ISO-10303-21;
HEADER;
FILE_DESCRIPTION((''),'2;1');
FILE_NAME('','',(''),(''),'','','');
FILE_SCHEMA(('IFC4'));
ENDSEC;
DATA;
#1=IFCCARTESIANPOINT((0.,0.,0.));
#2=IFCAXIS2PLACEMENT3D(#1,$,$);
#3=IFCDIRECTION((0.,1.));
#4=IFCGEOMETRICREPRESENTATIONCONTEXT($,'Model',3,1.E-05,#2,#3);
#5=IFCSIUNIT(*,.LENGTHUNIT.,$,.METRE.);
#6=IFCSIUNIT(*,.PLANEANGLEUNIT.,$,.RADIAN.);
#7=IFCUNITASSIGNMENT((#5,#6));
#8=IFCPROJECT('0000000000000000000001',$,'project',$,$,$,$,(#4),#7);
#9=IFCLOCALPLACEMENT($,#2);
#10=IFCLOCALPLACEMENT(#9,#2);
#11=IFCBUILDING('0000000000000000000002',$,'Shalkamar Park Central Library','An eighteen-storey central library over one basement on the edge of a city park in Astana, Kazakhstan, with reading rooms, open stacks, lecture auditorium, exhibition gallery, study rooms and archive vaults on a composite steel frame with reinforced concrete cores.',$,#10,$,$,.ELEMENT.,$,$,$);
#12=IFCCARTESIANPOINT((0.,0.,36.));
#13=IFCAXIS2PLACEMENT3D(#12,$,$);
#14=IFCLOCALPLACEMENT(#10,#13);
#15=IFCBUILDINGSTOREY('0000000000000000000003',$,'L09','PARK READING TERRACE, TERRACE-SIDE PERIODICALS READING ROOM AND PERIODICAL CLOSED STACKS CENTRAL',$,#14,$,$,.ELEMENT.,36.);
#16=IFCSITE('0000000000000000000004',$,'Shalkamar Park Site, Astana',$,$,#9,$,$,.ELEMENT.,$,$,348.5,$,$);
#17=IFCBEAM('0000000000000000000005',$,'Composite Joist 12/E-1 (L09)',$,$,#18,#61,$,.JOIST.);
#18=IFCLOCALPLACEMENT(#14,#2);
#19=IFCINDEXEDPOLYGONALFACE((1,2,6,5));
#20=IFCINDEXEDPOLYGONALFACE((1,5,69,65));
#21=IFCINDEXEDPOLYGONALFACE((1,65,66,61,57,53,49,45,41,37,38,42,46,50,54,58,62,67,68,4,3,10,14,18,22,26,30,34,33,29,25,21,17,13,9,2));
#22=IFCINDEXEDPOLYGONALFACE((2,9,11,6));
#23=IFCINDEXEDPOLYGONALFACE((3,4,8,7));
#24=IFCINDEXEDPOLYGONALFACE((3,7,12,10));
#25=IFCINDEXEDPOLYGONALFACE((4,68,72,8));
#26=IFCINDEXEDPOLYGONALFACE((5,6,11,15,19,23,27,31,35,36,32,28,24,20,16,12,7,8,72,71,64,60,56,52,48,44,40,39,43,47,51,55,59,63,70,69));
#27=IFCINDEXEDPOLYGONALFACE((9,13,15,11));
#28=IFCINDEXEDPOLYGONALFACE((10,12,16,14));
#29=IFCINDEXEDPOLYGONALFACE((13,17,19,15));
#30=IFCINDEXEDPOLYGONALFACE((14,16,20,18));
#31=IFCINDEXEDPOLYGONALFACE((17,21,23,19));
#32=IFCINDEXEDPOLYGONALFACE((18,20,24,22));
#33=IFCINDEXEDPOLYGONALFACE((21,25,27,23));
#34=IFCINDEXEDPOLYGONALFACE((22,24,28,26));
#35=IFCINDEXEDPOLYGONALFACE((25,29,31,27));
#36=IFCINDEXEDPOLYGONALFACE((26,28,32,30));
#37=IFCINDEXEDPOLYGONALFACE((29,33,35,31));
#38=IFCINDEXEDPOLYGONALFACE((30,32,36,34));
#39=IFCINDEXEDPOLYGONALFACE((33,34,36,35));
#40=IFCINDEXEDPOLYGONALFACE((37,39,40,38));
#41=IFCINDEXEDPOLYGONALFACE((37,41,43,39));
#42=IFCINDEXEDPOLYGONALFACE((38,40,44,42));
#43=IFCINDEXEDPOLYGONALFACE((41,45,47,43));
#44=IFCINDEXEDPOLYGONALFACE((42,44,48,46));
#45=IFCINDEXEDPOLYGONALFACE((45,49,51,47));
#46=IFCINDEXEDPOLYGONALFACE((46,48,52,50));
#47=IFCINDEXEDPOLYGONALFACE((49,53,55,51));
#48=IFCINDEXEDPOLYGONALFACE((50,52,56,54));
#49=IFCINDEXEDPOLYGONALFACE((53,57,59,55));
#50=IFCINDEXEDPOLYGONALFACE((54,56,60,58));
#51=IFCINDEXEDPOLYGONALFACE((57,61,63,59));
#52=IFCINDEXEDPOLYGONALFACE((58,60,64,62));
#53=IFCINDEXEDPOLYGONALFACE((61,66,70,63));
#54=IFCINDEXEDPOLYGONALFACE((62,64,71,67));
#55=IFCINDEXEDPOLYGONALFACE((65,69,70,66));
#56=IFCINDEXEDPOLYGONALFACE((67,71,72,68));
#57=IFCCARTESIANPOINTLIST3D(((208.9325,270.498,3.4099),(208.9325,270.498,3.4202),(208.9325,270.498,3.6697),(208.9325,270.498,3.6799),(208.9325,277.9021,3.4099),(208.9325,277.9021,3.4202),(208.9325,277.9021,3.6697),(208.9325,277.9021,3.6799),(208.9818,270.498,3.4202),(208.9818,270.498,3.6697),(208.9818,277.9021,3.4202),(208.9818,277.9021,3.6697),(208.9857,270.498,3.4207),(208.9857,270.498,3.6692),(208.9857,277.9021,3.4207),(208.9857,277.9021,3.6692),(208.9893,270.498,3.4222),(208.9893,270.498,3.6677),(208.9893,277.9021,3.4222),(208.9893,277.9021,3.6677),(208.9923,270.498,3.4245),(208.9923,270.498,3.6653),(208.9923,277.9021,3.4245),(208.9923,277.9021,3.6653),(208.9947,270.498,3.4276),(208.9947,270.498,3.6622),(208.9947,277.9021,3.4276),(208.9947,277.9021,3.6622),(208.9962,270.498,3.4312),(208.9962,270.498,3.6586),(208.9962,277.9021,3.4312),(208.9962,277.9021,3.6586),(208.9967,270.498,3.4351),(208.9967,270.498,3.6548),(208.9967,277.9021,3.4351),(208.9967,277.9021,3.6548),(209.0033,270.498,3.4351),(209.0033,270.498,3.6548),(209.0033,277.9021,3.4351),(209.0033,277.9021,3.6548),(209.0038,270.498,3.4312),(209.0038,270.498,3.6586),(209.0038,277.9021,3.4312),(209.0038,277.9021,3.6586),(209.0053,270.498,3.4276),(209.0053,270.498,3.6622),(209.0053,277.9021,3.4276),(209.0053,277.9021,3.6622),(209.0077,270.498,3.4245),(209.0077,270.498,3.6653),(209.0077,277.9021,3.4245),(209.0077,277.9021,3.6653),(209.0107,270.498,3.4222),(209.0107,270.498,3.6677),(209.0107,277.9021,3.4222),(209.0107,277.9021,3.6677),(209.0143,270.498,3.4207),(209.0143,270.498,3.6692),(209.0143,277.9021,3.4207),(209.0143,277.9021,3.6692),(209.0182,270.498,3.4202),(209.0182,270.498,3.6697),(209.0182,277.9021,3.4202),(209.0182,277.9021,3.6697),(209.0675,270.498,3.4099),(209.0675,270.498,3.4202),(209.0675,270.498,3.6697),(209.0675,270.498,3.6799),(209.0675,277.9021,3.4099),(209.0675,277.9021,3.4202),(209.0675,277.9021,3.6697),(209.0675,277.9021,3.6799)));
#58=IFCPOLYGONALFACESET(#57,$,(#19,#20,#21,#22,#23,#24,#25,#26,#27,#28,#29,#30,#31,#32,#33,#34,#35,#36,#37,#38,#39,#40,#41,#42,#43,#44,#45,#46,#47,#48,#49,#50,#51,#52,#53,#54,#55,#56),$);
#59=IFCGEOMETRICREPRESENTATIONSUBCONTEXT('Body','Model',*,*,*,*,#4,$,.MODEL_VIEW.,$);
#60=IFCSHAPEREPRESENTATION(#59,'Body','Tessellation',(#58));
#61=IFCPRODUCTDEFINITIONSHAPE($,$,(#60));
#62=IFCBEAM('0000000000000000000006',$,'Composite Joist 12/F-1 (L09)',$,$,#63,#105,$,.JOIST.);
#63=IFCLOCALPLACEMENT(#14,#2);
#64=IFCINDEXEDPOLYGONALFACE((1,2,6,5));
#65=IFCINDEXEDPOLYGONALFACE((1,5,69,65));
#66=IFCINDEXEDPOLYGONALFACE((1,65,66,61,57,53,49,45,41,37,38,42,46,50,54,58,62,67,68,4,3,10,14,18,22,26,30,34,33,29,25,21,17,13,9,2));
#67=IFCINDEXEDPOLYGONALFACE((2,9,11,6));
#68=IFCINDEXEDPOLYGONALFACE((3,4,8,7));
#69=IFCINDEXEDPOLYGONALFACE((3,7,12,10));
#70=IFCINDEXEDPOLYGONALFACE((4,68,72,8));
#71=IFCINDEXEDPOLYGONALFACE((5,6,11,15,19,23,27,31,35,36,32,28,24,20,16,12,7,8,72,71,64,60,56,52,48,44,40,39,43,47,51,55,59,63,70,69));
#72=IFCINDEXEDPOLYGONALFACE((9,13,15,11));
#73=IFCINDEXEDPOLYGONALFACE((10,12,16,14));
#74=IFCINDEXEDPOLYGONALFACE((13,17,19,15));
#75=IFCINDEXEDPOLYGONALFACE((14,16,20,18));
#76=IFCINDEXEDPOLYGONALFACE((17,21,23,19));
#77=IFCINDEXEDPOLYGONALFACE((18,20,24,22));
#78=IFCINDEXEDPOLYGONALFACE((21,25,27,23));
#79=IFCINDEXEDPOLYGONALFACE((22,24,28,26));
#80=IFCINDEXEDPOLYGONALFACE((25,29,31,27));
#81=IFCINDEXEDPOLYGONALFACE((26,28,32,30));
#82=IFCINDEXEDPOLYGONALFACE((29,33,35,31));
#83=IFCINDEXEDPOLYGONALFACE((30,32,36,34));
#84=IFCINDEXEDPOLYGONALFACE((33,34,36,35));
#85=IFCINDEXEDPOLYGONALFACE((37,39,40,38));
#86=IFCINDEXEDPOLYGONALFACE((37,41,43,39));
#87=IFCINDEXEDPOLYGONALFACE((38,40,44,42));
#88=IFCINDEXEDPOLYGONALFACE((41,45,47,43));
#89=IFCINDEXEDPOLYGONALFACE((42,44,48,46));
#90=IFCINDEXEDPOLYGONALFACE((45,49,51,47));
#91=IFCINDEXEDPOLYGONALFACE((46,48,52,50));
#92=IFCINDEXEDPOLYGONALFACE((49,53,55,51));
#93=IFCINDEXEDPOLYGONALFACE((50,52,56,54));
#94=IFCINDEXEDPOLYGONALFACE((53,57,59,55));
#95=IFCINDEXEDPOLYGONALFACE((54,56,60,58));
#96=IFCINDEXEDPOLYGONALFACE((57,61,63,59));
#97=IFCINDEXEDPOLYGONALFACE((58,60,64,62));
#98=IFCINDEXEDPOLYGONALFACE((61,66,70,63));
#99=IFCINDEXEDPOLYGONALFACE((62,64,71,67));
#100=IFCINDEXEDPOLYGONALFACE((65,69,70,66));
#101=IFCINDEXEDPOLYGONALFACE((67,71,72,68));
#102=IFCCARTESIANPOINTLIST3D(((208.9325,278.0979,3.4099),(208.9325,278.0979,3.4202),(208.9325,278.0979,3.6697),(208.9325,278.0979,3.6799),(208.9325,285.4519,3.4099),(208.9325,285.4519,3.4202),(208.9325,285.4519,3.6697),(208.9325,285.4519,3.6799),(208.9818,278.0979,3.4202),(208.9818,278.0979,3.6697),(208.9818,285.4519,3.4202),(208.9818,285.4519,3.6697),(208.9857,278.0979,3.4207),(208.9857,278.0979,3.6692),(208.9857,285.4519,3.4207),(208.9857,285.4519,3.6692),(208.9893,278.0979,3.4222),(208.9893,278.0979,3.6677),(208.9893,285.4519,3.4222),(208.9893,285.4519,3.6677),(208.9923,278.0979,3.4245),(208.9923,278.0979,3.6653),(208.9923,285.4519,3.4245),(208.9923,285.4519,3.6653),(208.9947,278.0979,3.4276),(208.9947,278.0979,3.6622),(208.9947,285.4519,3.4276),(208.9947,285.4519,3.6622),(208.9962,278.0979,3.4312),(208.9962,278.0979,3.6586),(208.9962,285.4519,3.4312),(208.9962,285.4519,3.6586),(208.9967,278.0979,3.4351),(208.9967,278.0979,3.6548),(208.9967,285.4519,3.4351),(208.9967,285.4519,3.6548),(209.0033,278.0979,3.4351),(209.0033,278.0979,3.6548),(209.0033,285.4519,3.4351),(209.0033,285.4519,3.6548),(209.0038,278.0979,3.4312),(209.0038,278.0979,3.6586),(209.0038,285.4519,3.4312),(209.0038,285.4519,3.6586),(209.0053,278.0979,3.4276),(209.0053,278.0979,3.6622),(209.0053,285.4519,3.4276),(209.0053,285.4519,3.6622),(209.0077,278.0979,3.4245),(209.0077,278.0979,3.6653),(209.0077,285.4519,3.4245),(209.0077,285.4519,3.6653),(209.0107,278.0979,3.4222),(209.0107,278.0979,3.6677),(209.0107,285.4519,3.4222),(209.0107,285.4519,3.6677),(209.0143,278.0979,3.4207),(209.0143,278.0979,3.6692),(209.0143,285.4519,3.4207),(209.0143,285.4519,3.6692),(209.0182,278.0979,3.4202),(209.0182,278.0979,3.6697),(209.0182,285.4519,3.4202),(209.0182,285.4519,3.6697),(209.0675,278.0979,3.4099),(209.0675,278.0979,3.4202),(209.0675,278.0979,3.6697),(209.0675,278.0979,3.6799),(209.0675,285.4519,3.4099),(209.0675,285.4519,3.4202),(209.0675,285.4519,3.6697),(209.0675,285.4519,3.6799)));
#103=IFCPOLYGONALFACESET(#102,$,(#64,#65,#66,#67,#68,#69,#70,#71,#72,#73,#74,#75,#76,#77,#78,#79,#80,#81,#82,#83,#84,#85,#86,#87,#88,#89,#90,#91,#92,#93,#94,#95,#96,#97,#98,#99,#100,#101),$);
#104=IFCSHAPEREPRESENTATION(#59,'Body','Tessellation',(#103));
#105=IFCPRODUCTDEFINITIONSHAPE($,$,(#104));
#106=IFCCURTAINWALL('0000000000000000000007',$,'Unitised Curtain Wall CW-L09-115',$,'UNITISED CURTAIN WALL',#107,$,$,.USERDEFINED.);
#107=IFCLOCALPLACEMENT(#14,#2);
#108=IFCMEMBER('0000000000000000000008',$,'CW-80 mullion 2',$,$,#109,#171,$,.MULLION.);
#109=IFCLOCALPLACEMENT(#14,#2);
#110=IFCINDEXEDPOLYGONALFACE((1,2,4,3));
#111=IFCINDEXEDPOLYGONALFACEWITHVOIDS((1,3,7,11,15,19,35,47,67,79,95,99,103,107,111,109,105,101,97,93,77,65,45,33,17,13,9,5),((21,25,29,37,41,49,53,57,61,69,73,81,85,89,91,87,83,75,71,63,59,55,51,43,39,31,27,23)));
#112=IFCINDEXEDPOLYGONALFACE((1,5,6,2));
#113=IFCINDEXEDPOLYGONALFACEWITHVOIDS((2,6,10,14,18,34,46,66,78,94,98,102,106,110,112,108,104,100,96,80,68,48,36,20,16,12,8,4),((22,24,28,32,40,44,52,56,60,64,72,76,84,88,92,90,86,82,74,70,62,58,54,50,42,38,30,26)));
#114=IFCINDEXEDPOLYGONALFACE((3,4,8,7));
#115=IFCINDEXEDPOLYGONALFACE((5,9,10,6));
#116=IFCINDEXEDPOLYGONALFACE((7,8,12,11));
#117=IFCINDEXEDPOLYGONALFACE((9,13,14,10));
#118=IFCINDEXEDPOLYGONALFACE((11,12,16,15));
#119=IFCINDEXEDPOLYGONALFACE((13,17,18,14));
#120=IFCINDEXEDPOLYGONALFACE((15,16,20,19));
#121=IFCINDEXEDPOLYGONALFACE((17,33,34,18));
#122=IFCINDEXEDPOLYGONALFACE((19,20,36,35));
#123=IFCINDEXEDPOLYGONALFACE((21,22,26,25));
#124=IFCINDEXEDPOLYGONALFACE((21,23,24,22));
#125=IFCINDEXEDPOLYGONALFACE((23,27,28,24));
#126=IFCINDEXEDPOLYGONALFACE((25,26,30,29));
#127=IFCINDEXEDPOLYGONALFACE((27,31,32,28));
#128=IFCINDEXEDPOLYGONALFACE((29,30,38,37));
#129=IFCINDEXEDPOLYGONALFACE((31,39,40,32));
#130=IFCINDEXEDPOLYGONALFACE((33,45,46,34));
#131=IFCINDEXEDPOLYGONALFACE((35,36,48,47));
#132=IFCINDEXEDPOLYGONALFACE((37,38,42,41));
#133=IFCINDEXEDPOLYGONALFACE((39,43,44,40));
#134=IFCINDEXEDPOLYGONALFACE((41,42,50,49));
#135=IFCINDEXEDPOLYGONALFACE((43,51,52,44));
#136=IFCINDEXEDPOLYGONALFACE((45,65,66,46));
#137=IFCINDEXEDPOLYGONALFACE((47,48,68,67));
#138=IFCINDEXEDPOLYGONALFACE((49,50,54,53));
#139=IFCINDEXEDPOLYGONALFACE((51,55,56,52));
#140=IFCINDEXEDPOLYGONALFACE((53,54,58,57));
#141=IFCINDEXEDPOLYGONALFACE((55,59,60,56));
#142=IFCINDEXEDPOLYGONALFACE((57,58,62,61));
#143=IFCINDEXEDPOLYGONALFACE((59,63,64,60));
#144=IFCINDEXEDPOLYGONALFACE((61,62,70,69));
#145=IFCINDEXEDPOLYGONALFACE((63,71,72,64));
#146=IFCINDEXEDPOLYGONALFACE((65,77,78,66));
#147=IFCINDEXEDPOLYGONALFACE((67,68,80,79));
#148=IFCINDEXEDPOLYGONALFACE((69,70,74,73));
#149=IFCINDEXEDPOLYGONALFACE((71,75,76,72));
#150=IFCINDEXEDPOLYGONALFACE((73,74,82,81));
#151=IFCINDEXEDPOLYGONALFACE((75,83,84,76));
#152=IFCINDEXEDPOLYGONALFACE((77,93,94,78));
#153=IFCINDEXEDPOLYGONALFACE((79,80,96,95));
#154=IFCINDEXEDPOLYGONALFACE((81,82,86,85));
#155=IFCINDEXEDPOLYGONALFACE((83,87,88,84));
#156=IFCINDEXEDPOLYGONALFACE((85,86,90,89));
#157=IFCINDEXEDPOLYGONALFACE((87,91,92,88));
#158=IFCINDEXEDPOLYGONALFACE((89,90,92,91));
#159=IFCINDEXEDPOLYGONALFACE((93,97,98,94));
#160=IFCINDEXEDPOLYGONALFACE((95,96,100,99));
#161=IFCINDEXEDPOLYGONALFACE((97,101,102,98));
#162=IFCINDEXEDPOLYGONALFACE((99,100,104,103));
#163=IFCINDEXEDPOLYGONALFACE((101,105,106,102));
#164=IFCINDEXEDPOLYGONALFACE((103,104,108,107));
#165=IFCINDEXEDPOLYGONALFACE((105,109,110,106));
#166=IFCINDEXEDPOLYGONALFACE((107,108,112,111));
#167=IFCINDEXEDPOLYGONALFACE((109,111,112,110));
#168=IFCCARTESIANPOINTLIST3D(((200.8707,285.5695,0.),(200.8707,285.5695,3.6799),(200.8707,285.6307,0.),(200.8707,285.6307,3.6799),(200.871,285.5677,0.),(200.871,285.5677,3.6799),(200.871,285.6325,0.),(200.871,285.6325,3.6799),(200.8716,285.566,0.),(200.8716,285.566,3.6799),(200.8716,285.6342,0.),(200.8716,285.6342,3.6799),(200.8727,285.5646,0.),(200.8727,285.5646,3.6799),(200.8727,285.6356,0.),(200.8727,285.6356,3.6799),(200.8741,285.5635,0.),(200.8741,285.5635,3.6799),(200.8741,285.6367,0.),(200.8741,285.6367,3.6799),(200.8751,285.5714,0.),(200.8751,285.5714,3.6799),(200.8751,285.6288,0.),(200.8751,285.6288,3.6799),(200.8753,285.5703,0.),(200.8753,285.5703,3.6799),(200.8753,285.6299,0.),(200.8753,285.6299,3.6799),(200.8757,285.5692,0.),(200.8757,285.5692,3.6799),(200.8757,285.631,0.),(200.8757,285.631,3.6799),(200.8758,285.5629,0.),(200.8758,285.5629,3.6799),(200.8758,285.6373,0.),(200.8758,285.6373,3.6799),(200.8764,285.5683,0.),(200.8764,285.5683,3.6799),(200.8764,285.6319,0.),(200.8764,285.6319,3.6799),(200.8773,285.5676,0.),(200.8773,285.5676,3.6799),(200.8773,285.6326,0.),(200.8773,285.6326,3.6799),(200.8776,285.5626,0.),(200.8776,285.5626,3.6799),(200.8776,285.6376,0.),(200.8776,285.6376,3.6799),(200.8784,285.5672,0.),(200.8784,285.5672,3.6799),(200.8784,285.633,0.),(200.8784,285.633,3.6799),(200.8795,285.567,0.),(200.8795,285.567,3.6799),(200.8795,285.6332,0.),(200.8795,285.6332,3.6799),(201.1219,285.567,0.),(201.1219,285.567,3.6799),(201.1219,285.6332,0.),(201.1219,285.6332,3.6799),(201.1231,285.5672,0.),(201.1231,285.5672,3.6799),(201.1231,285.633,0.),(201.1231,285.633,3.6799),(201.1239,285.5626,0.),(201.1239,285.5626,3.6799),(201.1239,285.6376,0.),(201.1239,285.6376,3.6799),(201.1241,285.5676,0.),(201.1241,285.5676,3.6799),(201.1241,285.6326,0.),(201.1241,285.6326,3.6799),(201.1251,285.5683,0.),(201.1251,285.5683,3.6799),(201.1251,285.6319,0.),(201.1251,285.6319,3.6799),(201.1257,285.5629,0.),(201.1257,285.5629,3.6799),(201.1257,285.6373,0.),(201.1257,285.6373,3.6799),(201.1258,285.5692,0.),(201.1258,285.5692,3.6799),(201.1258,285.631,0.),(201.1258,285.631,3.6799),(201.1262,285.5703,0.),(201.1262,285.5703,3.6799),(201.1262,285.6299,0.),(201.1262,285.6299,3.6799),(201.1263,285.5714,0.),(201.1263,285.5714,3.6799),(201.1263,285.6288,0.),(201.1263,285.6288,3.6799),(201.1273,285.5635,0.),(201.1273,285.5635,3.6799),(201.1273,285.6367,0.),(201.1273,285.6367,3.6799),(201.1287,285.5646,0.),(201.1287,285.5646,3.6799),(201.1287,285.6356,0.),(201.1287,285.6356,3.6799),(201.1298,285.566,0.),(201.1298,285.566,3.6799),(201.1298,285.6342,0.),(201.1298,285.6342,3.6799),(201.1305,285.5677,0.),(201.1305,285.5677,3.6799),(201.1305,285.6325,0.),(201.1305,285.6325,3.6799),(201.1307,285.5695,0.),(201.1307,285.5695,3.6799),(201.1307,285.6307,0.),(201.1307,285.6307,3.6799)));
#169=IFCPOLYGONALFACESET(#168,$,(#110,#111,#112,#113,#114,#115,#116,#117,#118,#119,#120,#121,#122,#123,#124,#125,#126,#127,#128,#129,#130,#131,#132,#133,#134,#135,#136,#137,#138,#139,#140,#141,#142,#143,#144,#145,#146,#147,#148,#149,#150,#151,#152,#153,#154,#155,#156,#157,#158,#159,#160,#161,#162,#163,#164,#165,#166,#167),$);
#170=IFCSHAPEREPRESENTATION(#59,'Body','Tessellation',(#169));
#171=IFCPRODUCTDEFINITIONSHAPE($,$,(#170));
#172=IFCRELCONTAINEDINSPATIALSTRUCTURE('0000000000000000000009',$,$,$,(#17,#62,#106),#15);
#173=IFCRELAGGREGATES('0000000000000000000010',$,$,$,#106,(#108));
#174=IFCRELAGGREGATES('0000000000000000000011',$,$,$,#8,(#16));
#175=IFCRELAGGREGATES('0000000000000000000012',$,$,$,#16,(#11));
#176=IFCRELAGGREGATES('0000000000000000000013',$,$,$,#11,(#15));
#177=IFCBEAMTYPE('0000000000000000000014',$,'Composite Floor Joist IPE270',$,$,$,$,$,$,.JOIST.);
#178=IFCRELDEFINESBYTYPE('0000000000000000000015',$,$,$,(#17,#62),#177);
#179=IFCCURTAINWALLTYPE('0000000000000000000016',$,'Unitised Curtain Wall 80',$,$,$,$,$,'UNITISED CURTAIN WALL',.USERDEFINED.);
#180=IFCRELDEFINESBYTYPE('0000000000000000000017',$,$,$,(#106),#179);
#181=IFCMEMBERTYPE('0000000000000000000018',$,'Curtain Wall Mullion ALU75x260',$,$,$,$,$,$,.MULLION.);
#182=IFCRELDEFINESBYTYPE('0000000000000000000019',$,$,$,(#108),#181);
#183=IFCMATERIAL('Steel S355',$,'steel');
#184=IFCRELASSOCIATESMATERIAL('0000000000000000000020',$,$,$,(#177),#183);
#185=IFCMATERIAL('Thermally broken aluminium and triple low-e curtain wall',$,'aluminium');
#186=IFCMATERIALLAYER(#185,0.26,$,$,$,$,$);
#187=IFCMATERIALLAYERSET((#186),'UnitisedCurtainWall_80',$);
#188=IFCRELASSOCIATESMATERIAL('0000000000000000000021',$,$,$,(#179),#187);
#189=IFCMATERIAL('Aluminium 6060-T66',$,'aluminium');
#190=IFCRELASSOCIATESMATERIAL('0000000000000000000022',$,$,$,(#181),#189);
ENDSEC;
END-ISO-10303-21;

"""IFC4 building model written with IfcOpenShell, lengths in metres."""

from ifc_helpers import new_model, si_unit, direction, frame, origin, origin_2d, place, context, subcontext, project, spatial, hollow_rectangle, i_section, extrude, material, layer, layer_set, material_profile, profile_set, type_object, element, aggregate, save


model = new_model("IFC4")

# Units and contexts
model_context = context("Model", 3, precision=1e-05, world=origin(), true_north=direction((0.0, 1.0)))
body_context = subcontext(model_context, "Body", "Model", "MODEL_VIEW")
ifc_project = project(units=[si_unit("LENGTHUNIT", "METRE"), si_unit("PLANEANGLEUNIT", "RADIAN")], contexts=[model_context])

# Site, building, storey
site_placement = place(None, origin())
site = spatial("IfcSite", under=ifc_project, at=site_placement, Name="Shalkamar Park Site, Astana", CompositionType="ELEMENT", RefElevation=348.5)
building_placement = place(site_placement, origin())
building = spatial("IfcBuilding", under=site, at=building_placement, Name="Shalkamar Park Central Library", Description="An eighteen-storey central library over one basement on the edge of a city park in Astana, Kazakhstan, with reading rooms, open stacks, lecture auditorium, exhibition gallery, study rooms and archive vaults on a composite steel frame with reinforced concrete cores.", CompositionType="ELEMENT")
storey_placement = place(building_placement, frame((0.0, 0.0, 36.0)))
storey = spatial("IfcBuildingStorey", under=building, at=storey_placement, Name="L09", Description="PARK READING TERRACE, TERRACE-SIDE PERIODICALS READING ROOM AND PERIODICAL CLOSED STACKS CENTRAL", CompositionType="ELEMENT", Elevation=36.0)

# Shared definitions
ifc_material_1 = material(Name="Steel S355", Category="steel")

# Beams
ifc_material_profile_1 = material_profile(ifc_material_1, i_section(OverallWidth=0.135, OverallDepth=0.27, WebThickness=0.0066, FlangeThickness=0.0103, FilletRadius=0.0149, at=origin_2d()), Name="IPE 270")
ifc_profile_set_1 = profile_set([ifc_material_profile_1], Name="Steel S355")
beam_type_1 = type_object("IfcBeamType", Name="Composite Floor Joist IPE270", PredefinedType="JOIST", material=ifc_profile_set_1)
beam_1_placement = place(storey_placement, frame((209.0, 270.498, 3.5449), z_axis=(0.0, 1.0, 0.0), x_axis=(-1.0, 0.0, 0.0)))
element("IfcBeam", 1, at=beam_1_placement, inside=storey, type_object=beam_type_1, Name="Composite Joist 12/E-1 (L09)", PredefinedType="JOIST", context=body_context, shape_type="SweptSolid", body=[
    extrude(i_section(OverallWidth=0.135, OverallDepth=0.27, WebThickness=0.0066, FlangeThickness=0.0103, FilletRadius=0.0149, at=origin_2d()), origin(), (0.0, 0.0, 1.0), 7.4041),
])
beam_2_placement = place(storey_placement, frame((209.0, 278.0979, 3.5449), z_axis=(0.0, 1.0, 0.0), x_axis=(-1.0, 0.0, 0.0)))
element("IfcBeam", 2, at=beam_2_placement, inside=storey, type_object=beam_type_1, Name="Composite Joist 12/F-1 (L09)", PredefinedType="JOIST", context=body_context, shape_type="SweptSolid", body=[
    extrude(i_section(OverallWidth=0.135, OverallDepth=0.27, WebThickness=0.0066, FlangeThickness=0.0103, FilletRadius=0.0149, at=origin_2d()), origin(), (0.0, 0.0, 1.0), 7.354),
])

# Curtain wall, member
ifc_material_2 = material(Name="Thermally broken aluminium and triple low-e curtain wall", Category="aluminium")
ifc_layer_1 = layer(ifc_material_2, 0.26)
ifc_layer_set_1 = layer_set([ifc_layer_1], Name="UnitisedCurtainWall_80")
curtain_wall_type = type_object("IfcCurtainWallType", Name="Unitised Curtain Wall 80", ElementType="UNITISED CURTAIN WALL", PredefinedType="USERDEFINED", material=ifc_layer_set_1)
curtain_wall_placement = place(storey_placement, origin())
curtain_wall = element("IfcCurtainWall", 3, at=curtain_wall_placement, inside=storey, type_object=curtain_wall_type, Name="Unitised Curtain Wall CW-L09-115", ObjectType="UNITISED CURTAIN WALL", PredefinedType="USERDEFINED")
ifc_material_3 = material(Name="Aluminium 6060-T66", Category="aluminium")
ifc_material_profile_2 = material_profile(ifc_material_3, hollow_rectangle(XDim=0.075, YDim=0.26, WallThickness=0.0044, InnerFilletRadius=0.0044, OuterFilletRadius=0.0068, at=origin_2d()), Name="ALU 75x260x4.5")
ifc_profile_set_2 = profile_set([ifc_material_profile_2], Name="Aluminium 6060-T66")
member_type_1 = type_object("IfcMemberType", Name="Curtain Wall Mullion ALU75x260", PredefinedType="MULLION", material=ifc_profile_set_2)
member_1_placement = place(storey_placement, frame((201.0007, 285.6001, 0.0), z_axis=(0.0, 0.0, 1.0), x_axis=(0.0, 1.0, 0.0)))
member_1 = element("IfcMember", 4, at=member_1_placement, type_object=member_type_1, Name="CW-80 mullion 2", PredefinedType="MULLION", context=body_context, shape_type="SweptSolid", body=[
    extrude(hollow_rectangle(XDim=0.075, YDim=0.26, WallThickness=0.0044, InnerFilletRadius=0.0044, OuterFilletRadius=0.0068, at=origin_2d()), origin(), (0.0, 0.0, 1.0), 3.6799),
])

aggregate(curtain_wall, [member_1])

save(model, "model.ifc")
